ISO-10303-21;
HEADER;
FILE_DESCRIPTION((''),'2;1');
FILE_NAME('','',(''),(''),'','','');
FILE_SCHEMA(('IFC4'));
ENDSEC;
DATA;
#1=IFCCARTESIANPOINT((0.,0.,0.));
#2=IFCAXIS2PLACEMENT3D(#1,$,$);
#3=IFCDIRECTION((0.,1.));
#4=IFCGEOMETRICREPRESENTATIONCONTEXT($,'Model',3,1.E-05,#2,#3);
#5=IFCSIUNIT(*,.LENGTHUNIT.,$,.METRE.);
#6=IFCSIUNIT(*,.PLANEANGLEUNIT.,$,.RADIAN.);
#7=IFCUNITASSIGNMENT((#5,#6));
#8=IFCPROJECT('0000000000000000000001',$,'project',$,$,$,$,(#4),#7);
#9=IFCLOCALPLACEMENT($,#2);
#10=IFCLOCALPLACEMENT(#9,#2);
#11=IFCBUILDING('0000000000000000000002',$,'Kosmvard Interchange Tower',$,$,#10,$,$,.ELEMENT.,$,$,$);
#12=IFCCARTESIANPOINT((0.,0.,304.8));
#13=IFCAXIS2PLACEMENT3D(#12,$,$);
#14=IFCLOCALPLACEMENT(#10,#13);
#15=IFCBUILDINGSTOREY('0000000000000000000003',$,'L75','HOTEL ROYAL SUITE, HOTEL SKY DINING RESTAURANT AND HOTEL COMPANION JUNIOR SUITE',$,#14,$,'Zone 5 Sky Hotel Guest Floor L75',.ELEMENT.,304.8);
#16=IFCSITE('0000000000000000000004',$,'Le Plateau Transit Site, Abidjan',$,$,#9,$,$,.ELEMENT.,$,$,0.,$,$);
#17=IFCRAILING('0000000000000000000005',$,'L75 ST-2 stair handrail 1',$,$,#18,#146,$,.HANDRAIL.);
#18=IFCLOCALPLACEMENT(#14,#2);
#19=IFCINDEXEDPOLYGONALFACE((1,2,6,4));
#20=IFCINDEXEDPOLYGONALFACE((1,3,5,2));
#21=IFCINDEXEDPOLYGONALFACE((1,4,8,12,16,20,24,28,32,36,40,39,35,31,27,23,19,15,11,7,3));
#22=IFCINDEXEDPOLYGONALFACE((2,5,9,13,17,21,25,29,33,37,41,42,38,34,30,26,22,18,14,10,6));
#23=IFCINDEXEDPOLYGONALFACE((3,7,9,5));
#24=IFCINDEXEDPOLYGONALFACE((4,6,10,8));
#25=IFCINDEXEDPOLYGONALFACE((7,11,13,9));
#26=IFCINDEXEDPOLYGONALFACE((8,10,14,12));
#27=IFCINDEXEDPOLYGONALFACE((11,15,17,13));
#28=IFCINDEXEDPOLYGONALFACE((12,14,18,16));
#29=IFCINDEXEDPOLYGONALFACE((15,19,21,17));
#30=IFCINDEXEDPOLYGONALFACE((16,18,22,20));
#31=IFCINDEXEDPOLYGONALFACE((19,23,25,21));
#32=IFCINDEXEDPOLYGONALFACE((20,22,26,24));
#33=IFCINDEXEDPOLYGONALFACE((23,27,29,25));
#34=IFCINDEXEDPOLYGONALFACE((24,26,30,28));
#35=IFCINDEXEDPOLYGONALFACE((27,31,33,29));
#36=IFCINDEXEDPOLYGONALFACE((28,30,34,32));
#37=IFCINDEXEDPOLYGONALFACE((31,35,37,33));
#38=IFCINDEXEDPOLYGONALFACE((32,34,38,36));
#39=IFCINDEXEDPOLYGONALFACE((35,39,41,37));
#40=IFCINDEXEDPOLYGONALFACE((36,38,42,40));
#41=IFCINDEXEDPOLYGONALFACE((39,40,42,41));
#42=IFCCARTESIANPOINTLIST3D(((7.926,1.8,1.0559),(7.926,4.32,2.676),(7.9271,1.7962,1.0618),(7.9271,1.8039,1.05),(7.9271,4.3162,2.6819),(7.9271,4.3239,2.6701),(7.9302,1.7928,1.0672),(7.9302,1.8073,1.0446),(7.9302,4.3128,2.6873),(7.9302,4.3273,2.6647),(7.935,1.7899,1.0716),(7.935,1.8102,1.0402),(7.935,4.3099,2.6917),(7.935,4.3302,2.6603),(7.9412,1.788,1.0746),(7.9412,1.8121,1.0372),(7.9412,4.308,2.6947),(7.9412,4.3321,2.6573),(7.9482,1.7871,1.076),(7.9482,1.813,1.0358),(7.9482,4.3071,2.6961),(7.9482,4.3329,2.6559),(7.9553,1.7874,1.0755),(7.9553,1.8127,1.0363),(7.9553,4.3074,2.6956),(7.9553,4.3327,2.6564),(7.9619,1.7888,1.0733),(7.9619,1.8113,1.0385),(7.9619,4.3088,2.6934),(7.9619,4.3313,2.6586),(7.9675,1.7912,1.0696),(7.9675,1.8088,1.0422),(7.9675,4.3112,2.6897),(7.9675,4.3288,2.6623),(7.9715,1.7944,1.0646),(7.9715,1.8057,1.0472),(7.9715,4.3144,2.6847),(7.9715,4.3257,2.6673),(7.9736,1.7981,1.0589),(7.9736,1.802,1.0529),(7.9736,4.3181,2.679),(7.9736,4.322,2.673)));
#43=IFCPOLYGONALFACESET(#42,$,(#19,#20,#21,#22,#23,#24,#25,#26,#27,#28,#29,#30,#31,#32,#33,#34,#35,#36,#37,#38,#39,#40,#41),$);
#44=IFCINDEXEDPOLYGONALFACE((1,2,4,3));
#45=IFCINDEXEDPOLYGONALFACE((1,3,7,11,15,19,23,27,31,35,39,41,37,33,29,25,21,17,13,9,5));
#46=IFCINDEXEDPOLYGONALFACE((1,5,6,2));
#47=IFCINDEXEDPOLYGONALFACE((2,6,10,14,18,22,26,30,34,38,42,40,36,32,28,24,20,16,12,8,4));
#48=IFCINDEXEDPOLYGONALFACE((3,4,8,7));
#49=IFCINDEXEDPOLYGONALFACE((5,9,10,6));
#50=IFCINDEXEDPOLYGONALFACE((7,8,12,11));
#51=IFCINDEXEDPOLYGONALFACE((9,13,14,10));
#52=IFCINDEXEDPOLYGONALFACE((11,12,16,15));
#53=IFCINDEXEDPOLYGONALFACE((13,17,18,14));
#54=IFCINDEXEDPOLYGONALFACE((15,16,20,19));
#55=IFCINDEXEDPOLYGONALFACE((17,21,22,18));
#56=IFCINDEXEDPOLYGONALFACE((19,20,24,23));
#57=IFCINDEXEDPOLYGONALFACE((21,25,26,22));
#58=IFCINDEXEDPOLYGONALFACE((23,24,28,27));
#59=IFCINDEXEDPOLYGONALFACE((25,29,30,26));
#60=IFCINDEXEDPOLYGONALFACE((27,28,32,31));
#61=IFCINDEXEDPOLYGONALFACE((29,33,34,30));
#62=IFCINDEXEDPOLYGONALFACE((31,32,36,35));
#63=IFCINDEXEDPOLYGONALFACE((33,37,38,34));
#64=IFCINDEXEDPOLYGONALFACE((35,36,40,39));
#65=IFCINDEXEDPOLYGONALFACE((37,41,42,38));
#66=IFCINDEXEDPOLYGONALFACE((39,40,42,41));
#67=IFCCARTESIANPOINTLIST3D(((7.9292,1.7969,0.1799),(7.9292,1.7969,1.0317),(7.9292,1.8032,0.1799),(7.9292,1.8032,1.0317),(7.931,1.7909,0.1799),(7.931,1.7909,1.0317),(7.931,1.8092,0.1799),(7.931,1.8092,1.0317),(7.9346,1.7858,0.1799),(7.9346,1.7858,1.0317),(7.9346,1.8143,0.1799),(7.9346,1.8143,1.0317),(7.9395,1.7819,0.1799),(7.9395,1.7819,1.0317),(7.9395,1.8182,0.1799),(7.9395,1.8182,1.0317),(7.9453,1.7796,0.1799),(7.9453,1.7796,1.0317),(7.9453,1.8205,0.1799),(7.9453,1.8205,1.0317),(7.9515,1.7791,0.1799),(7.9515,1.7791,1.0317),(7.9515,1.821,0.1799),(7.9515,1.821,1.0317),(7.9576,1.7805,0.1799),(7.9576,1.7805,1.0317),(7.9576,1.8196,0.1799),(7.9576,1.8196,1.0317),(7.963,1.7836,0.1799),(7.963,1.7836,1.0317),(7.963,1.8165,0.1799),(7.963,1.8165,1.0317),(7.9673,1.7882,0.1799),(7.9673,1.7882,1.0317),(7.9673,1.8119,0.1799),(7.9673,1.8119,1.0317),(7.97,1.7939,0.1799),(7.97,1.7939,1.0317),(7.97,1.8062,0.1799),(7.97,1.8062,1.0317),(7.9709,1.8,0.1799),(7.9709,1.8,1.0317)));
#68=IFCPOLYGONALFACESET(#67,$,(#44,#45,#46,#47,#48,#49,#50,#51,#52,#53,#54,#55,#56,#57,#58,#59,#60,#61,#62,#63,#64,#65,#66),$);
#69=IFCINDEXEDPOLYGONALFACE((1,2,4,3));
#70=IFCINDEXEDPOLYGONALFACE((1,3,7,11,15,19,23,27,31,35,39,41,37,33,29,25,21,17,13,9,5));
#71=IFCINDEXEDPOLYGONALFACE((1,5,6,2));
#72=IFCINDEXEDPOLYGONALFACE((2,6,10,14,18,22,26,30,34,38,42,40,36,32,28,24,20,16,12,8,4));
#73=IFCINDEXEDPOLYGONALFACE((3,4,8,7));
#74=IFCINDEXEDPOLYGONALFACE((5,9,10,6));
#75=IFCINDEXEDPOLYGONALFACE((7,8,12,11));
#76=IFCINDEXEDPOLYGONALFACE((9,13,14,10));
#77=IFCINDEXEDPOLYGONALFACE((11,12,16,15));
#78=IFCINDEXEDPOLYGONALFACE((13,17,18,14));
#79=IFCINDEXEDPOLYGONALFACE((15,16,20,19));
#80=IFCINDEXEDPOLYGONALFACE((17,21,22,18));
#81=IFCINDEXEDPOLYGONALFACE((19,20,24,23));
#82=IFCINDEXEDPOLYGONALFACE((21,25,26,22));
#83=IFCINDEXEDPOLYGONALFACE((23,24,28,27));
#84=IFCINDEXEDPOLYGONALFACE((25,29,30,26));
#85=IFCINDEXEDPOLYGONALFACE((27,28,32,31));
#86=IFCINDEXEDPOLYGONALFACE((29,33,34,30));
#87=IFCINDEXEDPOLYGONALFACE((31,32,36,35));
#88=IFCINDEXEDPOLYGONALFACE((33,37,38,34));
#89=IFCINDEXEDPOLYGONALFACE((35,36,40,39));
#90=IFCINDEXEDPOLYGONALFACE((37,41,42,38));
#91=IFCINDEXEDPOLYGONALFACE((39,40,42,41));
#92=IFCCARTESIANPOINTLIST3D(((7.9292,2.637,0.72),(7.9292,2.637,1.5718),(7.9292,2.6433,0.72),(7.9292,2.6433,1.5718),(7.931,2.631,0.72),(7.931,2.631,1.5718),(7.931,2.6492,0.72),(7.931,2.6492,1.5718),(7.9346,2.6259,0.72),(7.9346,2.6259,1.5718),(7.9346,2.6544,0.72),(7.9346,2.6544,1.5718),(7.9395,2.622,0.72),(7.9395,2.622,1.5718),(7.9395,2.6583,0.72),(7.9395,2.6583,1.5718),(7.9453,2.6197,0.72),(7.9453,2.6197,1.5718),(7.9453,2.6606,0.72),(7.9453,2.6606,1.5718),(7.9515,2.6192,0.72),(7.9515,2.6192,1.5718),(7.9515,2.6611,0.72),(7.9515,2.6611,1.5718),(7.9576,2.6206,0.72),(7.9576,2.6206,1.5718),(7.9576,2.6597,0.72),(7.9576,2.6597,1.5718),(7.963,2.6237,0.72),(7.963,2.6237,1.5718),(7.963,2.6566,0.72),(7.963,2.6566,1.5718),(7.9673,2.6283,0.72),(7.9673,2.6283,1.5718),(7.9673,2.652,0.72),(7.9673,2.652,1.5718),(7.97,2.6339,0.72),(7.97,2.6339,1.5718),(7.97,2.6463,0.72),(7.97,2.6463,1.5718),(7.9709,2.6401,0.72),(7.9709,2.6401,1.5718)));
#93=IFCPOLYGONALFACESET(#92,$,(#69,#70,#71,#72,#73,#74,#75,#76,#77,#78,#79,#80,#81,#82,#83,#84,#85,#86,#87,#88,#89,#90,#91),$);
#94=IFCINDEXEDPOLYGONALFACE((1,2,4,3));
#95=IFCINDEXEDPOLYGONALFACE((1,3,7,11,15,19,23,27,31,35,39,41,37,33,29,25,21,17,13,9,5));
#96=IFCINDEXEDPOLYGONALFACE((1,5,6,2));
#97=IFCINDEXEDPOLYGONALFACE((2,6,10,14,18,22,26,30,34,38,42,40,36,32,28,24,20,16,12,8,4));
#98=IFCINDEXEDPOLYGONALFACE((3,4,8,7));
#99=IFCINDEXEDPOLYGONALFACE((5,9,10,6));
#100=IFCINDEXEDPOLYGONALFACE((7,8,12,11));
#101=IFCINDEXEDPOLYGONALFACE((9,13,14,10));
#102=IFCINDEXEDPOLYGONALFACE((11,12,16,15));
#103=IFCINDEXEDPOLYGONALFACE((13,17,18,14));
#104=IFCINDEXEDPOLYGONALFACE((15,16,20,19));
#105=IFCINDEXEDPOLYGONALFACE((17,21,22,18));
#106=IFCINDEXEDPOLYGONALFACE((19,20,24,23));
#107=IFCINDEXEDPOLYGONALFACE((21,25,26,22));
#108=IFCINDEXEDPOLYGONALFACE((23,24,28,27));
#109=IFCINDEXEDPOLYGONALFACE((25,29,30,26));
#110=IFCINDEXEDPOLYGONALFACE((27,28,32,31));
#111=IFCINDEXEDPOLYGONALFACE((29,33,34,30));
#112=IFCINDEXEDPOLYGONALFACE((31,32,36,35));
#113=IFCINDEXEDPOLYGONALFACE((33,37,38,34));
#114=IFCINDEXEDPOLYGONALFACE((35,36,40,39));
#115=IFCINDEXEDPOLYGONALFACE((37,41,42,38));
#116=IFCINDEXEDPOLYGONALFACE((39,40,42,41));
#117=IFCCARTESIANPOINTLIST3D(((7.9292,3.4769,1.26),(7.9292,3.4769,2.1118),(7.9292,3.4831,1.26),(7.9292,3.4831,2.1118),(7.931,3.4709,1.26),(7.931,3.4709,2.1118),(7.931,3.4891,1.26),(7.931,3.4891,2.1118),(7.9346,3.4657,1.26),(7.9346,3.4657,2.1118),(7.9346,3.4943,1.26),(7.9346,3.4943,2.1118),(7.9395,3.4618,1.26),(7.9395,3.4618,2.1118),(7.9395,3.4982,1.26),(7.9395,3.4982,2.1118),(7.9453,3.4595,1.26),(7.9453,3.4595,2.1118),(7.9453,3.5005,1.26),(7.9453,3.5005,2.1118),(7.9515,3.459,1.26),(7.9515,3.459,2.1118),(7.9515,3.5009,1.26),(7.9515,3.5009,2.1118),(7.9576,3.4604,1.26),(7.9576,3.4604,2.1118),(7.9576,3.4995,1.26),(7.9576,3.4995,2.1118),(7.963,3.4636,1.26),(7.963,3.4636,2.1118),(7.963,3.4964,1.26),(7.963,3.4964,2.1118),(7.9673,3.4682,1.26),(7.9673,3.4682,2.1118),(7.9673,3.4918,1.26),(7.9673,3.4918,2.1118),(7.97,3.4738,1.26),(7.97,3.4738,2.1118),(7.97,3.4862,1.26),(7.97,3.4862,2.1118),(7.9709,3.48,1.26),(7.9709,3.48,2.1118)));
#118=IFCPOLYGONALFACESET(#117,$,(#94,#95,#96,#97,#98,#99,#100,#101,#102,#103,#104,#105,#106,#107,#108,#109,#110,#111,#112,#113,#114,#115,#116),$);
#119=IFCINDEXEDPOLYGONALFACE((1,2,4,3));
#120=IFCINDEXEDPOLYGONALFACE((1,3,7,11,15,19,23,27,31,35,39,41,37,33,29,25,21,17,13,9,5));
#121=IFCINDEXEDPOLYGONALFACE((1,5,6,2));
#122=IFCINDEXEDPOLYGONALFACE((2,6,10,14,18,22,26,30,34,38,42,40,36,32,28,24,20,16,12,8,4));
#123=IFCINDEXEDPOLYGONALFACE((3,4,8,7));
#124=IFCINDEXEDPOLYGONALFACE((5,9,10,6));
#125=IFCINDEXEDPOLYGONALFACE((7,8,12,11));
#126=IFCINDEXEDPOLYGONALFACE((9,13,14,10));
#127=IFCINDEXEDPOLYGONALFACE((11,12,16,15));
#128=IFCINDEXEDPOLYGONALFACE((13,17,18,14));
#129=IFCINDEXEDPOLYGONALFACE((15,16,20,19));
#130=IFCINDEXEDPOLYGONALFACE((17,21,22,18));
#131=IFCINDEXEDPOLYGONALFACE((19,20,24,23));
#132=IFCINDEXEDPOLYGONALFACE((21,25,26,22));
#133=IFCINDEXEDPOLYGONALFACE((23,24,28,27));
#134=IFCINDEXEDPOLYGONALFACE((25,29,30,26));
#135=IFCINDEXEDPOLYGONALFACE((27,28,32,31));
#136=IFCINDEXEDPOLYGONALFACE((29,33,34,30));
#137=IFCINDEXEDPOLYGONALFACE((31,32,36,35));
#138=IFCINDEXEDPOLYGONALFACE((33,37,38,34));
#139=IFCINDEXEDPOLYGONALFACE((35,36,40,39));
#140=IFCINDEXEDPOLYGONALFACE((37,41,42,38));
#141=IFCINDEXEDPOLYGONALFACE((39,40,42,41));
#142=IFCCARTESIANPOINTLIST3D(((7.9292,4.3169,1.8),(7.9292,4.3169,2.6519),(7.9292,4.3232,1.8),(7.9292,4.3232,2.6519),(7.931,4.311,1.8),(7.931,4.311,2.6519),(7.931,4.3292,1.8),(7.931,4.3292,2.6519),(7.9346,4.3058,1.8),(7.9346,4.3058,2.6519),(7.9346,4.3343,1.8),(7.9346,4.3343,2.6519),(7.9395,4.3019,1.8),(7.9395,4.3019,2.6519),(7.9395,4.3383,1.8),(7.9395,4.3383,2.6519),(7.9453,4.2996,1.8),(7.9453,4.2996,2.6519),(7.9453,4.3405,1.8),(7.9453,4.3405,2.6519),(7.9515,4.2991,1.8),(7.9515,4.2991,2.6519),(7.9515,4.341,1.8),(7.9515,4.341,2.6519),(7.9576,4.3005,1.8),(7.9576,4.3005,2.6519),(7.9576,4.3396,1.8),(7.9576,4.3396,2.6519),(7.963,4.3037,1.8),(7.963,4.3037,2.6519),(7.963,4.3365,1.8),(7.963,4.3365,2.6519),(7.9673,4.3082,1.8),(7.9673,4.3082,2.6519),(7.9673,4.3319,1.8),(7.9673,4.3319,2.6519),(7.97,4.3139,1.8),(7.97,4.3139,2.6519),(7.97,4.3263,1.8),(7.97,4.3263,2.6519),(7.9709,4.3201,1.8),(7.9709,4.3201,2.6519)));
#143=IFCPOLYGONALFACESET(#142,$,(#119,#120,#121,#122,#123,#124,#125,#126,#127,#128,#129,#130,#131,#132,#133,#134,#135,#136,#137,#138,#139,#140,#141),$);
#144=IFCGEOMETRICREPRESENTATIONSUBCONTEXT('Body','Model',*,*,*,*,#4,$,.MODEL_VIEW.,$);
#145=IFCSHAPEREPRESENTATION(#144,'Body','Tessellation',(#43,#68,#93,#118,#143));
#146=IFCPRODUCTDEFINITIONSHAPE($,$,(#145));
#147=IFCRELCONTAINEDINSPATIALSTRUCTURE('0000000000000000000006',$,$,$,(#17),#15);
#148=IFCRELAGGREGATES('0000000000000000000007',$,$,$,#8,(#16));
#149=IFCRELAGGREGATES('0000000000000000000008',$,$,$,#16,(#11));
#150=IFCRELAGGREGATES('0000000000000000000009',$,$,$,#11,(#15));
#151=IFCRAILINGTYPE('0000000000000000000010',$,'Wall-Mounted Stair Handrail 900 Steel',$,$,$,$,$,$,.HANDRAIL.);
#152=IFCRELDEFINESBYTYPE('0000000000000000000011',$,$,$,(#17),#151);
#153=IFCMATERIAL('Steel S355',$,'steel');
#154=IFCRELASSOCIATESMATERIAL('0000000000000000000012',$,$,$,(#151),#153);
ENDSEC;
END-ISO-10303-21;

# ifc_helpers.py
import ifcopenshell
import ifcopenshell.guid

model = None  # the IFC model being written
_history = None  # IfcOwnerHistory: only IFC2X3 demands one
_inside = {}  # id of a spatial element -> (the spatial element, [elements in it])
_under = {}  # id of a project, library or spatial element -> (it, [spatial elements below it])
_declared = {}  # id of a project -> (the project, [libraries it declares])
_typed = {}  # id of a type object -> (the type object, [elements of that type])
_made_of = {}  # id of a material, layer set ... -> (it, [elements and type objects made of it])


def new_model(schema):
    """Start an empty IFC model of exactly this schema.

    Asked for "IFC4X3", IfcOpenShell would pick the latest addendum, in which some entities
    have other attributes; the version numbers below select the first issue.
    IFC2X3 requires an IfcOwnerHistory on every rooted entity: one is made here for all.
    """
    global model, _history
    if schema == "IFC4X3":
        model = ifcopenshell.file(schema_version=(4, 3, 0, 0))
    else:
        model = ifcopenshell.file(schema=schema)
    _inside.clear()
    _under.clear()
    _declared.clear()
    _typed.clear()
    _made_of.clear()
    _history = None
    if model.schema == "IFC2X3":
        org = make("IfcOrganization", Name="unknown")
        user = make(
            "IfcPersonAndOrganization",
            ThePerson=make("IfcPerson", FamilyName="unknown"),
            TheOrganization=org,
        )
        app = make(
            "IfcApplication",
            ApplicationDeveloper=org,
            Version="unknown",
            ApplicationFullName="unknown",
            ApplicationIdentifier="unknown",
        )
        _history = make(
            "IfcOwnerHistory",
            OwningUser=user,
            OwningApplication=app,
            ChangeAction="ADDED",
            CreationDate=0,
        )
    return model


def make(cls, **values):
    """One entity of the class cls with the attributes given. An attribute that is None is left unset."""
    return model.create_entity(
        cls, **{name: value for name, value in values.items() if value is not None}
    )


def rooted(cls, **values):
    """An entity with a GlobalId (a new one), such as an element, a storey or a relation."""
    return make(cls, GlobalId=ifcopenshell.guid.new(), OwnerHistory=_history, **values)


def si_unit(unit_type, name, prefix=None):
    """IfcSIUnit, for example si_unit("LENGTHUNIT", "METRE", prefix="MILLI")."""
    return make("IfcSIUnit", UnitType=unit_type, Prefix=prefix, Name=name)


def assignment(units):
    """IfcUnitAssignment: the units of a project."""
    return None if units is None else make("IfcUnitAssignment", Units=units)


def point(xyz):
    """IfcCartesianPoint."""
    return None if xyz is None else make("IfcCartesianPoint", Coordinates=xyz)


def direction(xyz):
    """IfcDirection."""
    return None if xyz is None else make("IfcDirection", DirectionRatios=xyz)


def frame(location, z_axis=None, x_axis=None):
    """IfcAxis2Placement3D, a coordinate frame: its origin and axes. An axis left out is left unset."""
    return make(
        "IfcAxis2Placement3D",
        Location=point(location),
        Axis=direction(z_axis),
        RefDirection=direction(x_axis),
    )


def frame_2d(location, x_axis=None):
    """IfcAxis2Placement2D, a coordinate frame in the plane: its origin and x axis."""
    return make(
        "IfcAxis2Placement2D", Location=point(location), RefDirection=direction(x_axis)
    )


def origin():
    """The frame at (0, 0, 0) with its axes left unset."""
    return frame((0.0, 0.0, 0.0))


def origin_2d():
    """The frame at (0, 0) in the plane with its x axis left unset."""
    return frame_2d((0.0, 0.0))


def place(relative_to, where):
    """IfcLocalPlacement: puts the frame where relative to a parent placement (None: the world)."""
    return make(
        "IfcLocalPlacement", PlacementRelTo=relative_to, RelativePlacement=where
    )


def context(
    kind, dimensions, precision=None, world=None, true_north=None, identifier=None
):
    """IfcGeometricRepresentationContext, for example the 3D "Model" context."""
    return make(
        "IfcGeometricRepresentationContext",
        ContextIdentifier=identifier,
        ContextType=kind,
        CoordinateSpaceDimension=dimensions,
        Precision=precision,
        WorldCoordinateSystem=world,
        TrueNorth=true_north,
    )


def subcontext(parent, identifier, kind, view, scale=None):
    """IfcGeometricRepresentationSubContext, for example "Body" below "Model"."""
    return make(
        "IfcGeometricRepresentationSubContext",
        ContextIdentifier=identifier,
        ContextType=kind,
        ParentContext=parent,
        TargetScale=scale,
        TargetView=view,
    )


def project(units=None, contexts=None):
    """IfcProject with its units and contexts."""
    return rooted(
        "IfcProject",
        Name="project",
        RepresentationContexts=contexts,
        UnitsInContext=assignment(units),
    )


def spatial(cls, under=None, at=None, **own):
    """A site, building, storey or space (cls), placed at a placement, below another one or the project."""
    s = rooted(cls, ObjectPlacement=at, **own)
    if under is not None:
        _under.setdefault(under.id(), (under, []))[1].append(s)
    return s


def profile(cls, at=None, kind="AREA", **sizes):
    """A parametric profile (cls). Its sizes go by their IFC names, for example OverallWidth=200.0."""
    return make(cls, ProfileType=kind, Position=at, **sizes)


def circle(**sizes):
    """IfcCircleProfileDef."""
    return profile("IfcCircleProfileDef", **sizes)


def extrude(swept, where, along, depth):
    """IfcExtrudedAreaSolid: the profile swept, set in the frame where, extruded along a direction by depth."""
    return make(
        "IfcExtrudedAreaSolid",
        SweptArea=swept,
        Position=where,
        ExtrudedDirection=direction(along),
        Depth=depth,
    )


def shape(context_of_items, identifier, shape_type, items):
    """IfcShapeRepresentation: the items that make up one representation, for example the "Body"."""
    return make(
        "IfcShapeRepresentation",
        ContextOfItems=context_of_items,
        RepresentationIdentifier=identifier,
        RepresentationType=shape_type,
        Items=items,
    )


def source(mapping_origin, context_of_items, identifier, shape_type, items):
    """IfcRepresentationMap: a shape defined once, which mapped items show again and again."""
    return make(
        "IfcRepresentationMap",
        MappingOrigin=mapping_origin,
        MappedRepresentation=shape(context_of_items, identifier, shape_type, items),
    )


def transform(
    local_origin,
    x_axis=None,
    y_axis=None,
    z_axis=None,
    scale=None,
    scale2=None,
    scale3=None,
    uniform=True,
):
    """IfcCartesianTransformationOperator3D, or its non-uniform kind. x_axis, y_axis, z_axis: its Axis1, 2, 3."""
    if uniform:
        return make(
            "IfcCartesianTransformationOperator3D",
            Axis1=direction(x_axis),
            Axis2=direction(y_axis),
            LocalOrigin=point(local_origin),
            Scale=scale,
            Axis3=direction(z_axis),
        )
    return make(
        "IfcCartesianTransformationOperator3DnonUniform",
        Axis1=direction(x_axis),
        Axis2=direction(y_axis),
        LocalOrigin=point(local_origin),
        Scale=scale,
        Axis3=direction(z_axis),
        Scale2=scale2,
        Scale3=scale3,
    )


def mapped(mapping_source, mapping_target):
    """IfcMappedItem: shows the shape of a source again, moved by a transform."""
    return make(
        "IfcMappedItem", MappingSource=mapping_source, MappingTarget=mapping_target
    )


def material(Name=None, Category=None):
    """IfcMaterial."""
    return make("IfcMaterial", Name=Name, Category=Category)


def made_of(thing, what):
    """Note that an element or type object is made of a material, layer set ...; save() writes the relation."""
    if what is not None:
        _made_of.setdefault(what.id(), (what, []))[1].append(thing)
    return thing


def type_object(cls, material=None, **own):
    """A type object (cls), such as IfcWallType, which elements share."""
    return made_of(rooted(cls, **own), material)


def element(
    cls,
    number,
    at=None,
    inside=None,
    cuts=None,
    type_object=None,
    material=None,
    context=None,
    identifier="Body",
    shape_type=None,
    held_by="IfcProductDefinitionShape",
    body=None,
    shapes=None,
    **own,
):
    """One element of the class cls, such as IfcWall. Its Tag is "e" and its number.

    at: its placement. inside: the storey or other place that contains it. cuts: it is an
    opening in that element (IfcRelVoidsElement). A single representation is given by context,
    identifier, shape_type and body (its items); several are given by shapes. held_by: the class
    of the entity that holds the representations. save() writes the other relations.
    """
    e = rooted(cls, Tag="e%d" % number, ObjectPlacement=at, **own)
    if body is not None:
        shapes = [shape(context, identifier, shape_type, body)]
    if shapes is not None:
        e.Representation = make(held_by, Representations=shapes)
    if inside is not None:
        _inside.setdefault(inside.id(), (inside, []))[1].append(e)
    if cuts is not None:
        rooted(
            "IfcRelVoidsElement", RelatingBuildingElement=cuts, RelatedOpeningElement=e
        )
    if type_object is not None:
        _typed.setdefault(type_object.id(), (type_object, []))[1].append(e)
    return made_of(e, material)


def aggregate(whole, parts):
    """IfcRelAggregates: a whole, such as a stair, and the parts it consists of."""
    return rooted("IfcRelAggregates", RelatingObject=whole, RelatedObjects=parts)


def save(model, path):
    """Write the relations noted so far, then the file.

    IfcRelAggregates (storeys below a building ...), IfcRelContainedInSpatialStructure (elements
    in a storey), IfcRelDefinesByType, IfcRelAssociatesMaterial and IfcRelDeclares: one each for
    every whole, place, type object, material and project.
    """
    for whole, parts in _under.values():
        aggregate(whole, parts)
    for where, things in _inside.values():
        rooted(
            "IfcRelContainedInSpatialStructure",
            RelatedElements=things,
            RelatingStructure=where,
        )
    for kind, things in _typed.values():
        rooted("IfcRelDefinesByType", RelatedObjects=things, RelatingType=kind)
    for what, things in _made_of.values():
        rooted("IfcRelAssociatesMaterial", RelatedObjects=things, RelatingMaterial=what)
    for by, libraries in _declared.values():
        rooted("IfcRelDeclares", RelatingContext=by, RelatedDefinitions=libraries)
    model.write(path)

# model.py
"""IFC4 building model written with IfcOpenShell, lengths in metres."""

from ifc_helpers import new_model, si_unit, direction, frame, origin, origin_2d, place, context, subcontext, project, spatial, circle, extrude, source, transform, mapped, material, type_object, element, save


model = new_model("IFC4")

# Units and contexts
model_context = context("Model", 3, precision=1e-05, world=origin(), true_north=direction((0.0, 1.0)))
body_context = subcontext(model_context, "Body", "Model", "MODEL_VIEW")
ifc_project = project(units=[si_unit("LENGTHUNIT", "METRE"), si_unit("PLANEANGLEUNIT", "RADIAN")], contexts=[model_context])

# Site, building, storey
site_placement = place(None, origin())
site = spatial("IfcSite", under=ifc_project, at=site_placement, Name="Le Plateau Transit Site, Abidjan", CompositionType="ELEMENT", RefElevation=0.0)
building_placement = place(site_placement, origin())
building = spatial("IfcBuilding", under=site, at=building_placement, Name="Kosmvard Interchange Tower", CompositionType="ELEMENT")
storey_placement = place(building_placement, frame((0.0, 0.0, 304.8)))
storey = spatial("IfcBuildingStorey", under=building, at=storey_placement, Name="L75", Description="HOTEL ROYAL SUITE, HOTEL SKY DINING RESTAURANT AND HOTEL COMPANION JUNIOR SUITE", LongName="Zone 5 Sky Hotel Guest Floor L75", CompositionType="ELEMENT", Elevation=304.8)

# Shared definitions
ifc_material_1 = material(Name="Steel S355", Category="steel")

# Railing
railing_type_1 = type_object("IfcRailingType", Name="Wall-Mounted Stair Handrail 900 Steel", PredefinedType="HANDRAIL", material=ifc_material_1)
shared_shape_1 = source(origin(), body_context, "Body", "SweptSolid", [
    extrude(circle(Radius=0.0239, at=origin_2d()), frame((0.0, 0.0, 0.876), z_axis=(0.0, 0.841163, 0.540782), x_axis=(-1.0, 0.0, 0.0)), (0.0, 0.0, 1.0), 2.9958),
    extrude(circle(Radius=0.021, at=origin_2d()), origin(), (0.0, 0.0, 1.0), 0.8518),
    extrude(circle(Radius=0.021, at=origin_2d()), frame((0.0, 0.8401, 0.54)), (0.0, 0.0, 1.0), 0.8518),
    extrude(circle(Radius=0.021, at=origin_2d()), frame((0.0, 1.6799, 1.0801)), (0.0, 0.0, 1.0), 0.8518),
    extrude(circle(Radius=0.021, at=origin_2d()), frame((0.0, 2.52, 1.6201)), (0.0, 0.0, 1.0), 0.8518),
])
railing_1_placement = place(storey_placement, frame((7.95, 1.8, 0.1799)))
element("IfcRailing", 1, at=railing_1_placement, inside=storey, type_object=railing_type_1, Name="L75 ST-2 stair handrail 1", PredefinedType="HANDRAIL", context=body_context, shape_type="MappedRepresentation", body=[
    mapped(shared_shape_1, transform((0.0, 0.0, 0.0), scale=1.0)),
])

save(model, "model.ifc")
